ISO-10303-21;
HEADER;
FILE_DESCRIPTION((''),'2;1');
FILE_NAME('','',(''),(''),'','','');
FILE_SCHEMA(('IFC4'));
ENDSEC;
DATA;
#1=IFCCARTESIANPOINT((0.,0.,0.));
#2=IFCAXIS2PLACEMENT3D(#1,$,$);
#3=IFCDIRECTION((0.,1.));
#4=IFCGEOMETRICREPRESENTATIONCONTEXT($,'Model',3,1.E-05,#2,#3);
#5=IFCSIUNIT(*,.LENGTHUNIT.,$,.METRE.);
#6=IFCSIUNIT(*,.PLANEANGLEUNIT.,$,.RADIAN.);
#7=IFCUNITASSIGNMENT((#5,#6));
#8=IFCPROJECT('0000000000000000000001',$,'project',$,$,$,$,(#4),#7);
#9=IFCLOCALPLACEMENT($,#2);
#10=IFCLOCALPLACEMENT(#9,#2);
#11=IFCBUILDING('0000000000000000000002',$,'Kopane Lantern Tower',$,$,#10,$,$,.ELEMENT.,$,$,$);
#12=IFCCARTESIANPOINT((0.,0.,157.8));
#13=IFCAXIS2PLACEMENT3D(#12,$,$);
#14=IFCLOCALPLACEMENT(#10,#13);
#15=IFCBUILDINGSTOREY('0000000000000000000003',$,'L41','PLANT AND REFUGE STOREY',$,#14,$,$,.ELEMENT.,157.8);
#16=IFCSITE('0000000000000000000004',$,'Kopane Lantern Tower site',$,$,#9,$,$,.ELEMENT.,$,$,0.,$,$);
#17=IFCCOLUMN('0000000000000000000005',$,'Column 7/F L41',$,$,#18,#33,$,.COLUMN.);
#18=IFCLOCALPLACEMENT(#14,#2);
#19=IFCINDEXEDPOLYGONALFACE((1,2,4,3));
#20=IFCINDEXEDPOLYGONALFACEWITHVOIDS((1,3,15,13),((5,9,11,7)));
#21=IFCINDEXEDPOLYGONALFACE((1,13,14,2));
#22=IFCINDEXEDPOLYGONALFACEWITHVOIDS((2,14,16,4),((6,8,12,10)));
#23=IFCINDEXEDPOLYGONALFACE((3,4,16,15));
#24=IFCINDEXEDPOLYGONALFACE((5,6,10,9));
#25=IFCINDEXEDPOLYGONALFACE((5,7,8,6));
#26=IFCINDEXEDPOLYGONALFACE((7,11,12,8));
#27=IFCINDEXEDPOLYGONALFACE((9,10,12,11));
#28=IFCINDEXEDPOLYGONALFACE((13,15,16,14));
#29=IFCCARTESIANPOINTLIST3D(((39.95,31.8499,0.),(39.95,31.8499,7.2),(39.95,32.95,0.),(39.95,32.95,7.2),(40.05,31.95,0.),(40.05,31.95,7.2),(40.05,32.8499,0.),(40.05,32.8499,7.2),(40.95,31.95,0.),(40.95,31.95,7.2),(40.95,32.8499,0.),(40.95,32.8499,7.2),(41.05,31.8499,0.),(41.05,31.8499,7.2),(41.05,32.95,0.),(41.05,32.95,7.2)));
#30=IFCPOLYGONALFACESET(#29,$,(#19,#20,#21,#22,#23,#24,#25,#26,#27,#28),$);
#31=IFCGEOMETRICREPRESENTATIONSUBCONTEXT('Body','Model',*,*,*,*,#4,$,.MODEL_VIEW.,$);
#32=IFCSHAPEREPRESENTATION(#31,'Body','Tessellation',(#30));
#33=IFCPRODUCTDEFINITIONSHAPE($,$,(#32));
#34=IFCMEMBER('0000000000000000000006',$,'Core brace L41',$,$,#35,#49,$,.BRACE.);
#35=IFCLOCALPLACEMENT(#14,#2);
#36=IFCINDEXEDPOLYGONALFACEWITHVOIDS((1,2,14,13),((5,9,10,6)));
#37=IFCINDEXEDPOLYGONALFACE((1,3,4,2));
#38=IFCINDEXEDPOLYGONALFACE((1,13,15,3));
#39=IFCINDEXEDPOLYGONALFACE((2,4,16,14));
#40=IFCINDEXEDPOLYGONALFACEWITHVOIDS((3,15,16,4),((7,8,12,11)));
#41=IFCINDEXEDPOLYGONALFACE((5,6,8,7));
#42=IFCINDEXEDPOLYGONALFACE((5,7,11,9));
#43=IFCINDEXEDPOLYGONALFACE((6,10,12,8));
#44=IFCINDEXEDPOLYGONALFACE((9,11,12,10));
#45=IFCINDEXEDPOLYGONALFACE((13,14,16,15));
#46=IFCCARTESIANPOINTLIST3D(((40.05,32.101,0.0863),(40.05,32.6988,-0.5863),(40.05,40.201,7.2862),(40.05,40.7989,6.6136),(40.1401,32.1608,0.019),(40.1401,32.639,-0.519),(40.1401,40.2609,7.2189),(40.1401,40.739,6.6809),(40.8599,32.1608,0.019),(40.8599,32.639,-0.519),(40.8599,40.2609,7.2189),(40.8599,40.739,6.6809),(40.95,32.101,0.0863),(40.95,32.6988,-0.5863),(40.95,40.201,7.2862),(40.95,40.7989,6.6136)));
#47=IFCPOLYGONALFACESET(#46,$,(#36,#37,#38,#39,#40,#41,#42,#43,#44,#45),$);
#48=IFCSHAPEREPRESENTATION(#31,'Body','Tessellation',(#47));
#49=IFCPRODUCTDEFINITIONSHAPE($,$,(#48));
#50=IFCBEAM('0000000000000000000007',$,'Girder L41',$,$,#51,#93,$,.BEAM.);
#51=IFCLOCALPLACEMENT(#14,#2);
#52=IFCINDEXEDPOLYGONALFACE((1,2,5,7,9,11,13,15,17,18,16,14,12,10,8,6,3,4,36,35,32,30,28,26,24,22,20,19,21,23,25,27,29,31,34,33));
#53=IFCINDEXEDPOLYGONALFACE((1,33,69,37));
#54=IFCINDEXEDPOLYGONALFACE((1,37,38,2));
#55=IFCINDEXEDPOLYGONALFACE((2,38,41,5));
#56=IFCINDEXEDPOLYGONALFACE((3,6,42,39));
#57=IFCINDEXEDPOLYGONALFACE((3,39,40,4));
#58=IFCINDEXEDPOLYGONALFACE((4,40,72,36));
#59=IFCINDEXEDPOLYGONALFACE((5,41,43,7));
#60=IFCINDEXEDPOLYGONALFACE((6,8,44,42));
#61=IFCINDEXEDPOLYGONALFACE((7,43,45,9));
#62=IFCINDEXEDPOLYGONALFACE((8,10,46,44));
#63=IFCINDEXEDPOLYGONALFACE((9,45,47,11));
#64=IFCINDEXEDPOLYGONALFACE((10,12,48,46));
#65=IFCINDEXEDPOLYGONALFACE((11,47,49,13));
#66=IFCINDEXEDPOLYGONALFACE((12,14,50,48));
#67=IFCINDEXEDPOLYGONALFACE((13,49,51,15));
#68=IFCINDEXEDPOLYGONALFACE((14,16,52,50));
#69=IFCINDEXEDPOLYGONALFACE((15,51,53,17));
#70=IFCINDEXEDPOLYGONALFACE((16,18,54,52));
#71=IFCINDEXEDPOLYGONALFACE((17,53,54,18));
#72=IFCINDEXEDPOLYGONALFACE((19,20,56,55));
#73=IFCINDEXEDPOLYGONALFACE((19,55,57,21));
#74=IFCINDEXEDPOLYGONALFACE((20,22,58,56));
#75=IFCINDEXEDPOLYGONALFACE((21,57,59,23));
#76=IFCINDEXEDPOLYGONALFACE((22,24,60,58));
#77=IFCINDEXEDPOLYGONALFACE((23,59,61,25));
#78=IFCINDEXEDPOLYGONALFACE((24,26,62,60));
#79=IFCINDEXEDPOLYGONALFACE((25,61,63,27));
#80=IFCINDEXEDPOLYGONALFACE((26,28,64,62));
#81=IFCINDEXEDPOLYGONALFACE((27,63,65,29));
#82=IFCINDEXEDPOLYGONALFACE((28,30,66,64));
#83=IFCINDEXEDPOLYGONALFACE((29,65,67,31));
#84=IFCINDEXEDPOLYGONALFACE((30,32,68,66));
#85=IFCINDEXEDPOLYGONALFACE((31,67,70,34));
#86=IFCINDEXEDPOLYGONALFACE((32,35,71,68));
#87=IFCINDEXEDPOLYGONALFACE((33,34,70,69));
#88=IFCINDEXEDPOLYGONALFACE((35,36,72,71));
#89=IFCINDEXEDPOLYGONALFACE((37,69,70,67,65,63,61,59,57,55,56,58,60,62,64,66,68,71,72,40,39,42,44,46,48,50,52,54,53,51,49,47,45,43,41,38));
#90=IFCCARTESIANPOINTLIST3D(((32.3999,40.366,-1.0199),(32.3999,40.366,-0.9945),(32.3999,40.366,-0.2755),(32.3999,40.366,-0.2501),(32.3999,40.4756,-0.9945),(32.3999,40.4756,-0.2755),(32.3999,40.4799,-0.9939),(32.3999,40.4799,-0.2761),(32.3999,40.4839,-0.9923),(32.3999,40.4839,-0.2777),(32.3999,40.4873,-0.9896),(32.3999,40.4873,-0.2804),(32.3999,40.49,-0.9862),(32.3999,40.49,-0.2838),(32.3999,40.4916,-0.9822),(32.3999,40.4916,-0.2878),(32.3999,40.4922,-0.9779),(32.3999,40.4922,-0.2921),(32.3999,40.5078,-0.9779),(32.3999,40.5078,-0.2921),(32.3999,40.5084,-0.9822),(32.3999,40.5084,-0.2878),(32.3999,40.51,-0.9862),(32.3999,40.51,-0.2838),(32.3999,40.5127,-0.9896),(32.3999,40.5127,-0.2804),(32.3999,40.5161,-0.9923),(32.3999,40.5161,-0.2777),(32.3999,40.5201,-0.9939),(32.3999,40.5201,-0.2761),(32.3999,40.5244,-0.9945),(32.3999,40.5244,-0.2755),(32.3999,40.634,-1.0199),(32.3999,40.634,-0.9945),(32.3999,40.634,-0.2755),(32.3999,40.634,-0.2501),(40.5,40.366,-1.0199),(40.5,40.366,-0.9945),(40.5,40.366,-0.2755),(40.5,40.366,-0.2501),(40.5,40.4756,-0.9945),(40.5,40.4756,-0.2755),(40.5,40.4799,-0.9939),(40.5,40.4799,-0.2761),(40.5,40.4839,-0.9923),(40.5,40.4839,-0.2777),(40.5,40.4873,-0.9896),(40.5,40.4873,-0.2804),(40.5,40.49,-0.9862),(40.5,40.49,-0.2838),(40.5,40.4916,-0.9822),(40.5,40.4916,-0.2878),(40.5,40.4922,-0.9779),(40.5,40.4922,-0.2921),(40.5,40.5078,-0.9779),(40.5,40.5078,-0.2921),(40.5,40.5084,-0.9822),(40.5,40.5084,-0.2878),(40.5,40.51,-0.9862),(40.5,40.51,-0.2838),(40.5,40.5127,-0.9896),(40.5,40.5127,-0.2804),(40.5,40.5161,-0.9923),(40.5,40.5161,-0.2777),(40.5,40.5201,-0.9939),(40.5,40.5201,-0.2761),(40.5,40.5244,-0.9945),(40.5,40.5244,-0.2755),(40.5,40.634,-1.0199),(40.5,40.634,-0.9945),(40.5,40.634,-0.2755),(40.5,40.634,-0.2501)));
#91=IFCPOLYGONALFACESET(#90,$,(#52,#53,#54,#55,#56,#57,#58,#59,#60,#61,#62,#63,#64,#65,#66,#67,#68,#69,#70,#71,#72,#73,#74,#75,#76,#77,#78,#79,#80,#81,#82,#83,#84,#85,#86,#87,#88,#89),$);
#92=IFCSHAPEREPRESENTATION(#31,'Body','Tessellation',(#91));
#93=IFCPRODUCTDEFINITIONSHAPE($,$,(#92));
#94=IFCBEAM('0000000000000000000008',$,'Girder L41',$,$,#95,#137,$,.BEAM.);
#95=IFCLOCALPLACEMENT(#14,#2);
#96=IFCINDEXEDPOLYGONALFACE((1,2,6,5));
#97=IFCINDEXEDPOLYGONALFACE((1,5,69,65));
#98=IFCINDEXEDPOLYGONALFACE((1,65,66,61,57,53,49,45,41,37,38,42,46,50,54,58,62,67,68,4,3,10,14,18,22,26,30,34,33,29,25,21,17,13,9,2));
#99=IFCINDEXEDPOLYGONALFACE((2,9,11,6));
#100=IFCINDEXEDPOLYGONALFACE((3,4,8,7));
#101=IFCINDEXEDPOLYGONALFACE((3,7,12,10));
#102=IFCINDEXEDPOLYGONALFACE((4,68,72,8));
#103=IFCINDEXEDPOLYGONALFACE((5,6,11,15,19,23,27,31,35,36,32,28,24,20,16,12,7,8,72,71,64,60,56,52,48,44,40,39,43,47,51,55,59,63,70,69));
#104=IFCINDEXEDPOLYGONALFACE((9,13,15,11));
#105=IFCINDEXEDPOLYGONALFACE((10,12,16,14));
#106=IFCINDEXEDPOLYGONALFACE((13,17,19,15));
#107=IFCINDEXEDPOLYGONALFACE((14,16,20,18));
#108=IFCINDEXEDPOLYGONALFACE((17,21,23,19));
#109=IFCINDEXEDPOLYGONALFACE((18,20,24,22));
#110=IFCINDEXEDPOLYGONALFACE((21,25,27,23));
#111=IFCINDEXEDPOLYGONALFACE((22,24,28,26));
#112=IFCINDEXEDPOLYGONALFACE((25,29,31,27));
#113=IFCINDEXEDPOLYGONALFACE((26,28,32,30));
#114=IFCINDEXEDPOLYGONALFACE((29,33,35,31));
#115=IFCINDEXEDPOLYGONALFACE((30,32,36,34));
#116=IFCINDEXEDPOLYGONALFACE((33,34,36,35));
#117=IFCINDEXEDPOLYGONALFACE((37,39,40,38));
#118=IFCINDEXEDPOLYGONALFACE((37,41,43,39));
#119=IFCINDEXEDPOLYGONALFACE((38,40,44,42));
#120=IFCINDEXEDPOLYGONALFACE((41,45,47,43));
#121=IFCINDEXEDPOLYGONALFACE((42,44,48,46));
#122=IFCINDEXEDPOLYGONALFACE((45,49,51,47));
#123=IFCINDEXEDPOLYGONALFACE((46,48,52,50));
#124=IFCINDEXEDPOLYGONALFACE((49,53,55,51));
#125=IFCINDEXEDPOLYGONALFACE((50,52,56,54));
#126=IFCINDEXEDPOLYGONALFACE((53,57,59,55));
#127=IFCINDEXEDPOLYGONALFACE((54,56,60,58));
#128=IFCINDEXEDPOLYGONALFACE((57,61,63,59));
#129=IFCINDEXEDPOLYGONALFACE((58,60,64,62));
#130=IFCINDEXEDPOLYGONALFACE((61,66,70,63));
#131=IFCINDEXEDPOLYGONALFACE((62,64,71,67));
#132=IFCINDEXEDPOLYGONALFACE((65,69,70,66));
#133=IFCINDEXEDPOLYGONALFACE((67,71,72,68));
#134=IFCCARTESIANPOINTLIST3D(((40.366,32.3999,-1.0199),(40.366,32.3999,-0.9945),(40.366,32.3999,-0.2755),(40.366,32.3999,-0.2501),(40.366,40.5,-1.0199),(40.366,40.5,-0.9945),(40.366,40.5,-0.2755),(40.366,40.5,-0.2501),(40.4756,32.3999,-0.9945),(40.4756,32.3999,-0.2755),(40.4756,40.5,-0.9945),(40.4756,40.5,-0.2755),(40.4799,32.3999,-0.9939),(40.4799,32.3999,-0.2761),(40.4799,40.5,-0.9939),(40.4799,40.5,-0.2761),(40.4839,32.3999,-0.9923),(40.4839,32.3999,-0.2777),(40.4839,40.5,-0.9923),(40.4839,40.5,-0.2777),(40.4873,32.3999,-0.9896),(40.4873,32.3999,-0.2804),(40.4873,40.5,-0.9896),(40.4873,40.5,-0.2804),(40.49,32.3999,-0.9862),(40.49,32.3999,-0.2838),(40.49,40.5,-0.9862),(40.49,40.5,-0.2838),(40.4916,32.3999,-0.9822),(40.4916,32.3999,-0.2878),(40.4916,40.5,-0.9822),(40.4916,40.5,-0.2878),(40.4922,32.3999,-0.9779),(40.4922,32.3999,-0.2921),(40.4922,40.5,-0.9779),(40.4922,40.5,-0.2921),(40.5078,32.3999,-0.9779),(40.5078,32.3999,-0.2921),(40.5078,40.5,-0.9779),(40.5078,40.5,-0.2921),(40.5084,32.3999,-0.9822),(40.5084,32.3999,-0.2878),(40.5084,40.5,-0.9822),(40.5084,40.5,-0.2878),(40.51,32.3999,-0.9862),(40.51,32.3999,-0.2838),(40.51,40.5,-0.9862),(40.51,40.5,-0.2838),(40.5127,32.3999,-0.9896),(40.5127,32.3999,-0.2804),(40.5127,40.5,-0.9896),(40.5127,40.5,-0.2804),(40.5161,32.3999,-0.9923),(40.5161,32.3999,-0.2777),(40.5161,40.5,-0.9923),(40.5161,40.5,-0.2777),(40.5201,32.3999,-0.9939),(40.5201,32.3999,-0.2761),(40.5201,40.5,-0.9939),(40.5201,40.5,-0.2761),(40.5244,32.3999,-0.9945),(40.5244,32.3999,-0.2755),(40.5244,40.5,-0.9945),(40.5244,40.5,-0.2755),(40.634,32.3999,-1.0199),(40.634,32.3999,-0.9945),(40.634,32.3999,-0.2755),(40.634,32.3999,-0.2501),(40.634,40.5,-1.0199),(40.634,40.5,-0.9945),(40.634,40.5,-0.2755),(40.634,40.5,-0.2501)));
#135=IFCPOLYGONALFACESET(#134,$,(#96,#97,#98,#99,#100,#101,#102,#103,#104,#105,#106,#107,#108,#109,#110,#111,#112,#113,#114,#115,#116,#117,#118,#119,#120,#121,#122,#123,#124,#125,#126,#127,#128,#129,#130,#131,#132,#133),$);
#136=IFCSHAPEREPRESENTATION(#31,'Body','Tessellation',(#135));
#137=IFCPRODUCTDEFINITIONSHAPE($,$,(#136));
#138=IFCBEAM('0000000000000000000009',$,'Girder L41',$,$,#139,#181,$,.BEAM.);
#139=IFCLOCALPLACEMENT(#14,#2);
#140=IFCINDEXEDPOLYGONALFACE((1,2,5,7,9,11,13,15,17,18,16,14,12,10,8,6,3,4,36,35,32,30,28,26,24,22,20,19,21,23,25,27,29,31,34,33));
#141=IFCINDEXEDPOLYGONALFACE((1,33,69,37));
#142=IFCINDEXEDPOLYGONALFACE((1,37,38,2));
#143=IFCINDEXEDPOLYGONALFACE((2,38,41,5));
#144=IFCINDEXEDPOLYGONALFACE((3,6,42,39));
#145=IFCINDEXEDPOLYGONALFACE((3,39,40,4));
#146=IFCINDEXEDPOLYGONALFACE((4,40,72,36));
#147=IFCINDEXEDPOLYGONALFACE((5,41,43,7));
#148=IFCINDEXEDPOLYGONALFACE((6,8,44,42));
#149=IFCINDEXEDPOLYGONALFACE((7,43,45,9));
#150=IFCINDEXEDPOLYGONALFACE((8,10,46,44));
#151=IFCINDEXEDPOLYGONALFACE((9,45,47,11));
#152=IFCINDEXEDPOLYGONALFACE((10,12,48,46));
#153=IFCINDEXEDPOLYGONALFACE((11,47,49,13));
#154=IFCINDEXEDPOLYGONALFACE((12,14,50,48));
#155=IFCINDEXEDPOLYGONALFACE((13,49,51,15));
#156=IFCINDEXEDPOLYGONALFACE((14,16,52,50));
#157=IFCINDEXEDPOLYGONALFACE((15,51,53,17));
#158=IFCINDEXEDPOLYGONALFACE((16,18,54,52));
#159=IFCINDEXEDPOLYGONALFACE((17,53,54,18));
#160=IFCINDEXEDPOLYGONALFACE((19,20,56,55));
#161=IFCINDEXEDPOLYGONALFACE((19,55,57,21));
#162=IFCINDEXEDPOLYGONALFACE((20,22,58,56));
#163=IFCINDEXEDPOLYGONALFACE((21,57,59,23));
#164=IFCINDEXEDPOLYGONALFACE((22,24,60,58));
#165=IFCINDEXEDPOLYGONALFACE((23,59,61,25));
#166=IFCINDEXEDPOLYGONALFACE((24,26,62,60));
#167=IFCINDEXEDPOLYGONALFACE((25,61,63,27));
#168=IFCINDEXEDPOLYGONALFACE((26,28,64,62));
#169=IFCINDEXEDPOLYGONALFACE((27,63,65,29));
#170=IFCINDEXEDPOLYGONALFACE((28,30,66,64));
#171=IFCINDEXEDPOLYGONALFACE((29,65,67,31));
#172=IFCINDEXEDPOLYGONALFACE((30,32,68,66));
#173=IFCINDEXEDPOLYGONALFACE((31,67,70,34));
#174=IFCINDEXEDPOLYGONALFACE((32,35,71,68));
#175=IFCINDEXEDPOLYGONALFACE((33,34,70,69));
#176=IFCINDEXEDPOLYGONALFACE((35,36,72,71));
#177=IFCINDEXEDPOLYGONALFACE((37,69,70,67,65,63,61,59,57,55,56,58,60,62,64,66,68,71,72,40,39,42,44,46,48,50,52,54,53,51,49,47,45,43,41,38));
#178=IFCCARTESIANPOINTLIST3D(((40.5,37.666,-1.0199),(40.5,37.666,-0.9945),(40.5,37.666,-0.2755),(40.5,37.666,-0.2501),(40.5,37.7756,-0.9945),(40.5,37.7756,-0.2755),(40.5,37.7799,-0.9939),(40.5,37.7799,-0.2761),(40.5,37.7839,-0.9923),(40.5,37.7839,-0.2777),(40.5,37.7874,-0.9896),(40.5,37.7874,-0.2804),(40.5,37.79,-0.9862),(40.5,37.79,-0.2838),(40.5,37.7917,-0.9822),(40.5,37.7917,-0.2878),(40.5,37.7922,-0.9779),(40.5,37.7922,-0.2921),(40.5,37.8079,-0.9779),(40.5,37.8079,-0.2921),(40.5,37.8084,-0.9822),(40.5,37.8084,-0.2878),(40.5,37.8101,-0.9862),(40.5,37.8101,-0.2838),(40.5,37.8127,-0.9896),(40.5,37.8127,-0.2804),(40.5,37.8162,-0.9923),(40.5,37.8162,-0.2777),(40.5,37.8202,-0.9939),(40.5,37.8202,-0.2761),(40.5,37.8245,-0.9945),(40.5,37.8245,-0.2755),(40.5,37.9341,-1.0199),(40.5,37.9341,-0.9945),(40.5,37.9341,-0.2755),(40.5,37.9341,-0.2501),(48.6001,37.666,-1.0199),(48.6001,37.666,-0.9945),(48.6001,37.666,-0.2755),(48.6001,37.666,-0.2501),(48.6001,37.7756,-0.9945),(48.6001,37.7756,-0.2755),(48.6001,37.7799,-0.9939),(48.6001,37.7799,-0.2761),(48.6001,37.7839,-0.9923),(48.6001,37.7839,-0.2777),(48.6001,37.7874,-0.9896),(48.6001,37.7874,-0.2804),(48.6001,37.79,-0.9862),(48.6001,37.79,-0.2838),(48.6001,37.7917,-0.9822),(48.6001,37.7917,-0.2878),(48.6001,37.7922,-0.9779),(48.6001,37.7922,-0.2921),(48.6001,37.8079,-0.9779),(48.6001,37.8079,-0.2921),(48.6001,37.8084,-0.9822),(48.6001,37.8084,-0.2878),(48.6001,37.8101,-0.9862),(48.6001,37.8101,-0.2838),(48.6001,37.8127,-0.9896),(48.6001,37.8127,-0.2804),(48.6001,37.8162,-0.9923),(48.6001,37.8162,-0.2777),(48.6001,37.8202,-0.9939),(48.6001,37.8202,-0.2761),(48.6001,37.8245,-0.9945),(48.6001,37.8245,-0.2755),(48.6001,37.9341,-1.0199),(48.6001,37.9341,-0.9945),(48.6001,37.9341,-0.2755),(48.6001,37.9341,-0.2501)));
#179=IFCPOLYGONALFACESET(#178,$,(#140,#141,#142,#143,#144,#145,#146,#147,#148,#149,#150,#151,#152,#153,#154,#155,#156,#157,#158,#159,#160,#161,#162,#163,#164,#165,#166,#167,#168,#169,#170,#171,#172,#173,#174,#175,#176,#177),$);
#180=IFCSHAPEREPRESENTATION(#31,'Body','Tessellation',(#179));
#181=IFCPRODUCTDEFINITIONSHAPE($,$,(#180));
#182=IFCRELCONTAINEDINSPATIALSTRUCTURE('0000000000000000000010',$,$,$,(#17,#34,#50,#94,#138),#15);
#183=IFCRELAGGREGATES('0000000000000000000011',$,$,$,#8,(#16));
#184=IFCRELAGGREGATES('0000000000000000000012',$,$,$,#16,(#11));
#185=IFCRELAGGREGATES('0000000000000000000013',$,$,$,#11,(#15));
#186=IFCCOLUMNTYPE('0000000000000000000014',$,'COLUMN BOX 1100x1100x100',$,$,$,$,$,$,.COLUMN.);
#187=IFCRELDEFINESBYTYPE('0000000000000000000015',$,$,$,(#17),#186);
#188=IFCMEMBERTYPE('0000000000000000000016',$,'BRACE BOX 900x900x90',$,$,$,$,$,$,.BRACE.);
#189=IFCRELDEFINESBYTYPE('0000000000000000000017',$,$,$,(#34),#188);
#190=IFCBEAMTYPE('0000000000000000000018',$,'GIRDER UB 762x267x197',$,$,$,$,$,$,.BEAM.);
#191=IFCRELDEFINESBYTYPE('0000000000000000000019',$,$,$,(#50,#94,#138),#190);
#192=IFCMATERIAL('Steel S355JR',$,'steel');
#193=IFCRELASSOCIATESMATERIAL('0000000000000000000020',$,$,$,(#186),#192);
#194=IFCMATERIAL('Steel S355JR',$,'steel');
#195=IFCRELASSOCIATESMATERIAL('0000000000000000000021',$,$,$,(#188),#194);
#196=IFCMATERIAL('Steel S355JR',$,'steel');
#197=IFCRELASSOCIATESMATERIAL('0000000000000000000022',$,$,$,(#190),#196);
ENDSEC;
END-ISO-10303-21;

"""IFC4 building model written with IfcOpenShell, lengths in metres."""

from ifc_helpers import new_model, si_unit, direction, frame, origin, origin_2d, place, context, subcontext, project, spatial, hollow_rectangle, i_section, extrude, material, material_profile, profile_set, type_object, element, save


model = new_model("IFC4")

# Units and contexts
model_context = context("Model", 3, precision=1e-05, world=origin(), true_north=direction((0.0, 1.0)))
body_context = subcontext(model_context, "Body", "Model", "MODEL_VIEW")
ifc_project = project(units=[si_unit("LENGTHUNIT", "METRE"), si_unit("PLANEANGLEUNIT", "RADIAN")], contexts=[model_context])

# Site, building, storey
site_placement = place(None, origin())
site = spatial("IfcSite", under=ifc_project, at=site_placement, Name="Kopane Lantern Tower site", CompositionType="ELEMENT", RefElevation=0.0)
building_placement = place(site_placement, origin())
building = spatial("IfcBuilding", under=site, at=building_placement, Name="Kopane Lantern Tower", CompositionType="ELEMENT")
storey_placement = place(building_placement, frame((0.0, 0.0, 157.8)))
storey = spatial("IfcBuildingStorey", under=building, at=storey_placement, Name="L41", Description="PLANT AND REFUGE STOREY", CompositionType="ELEMENT", Elevation=157.8)

# Column
ifc_material_1 = material(Name="Steel S355JR", Category="steel")
ifc_material_profile_1 = material_profile(ifc_material_1, hollow_rectangle(XDim=1.1001, YDim=1.1001, WallThickness=0.1001, at=origin_2d()), Name="BOX 1100x1100x100")
ifc_profile_set_1 = profile_set([ifc_material_profile_1], Name="Steel S355JR")
column_type = type_object("IfcColumnType", Name="COLUMN BOX 1100x1100x100", PredefinedType="COLUMN", material=ifc_profile_set_1)
column_placement = place(storey_placement, frame((40.5, 32.3999, 0.0), z_axis=(0.0, 0.0, 1.0), x_axis=(1.0, 0.0, 0.0)))
element("IfcColumn", 1, at=column_placement, inside=storey, type_object=column_type, Name="Column 7/F L41", PredefinedType="COLUMN", context=body_context, shape_type="SweptSolid", body=[
    extrude(hollow_rectangle(XDim=1.1001, YDim=1.1001, WallThickness=0.1001, at=origin_2d()), origin(), (0.0, 0.0, 1.0), 7.2),
])

# Member
ifc_material_2 = material(Name="Steel S355JR", Category="steel")
ifc_material_profile_2 = material_profile(ifc_material_2, hollow_rectangle(XDim=0.8999, YDim=0.8999, WallThickness=0.0901, at=origin_2d()), Name="BOX 900x900x90")
ifc_profile_set_2 = profile_set([ifc_material_profile_2], Name="Steel S355JR")
member_type = type_object("IfcMemberType", Name="BRACE BOX 900x900x90", PredefinedType="BRACE", material=ifc_profile_set_2)
member_placement = place(storey_placement, frame((40.5, 32.3999, -0.25), z_axis=(0.0, 0.747416, 0.664357), x_axis=(-1.0, 0.0, 0.0)))
element("IfcMember", 2, at=member_placement, inside=storey, type_object=member_type, Name="Core brace L41", PredefinedType="BRACE", context=body_context, shape_type="SweptSolid", body=[
    extrude(hollow_rectangle(XDim=0.8999, YDim=0.8999, WallThickness=0.0901, at=origin_2d()), origin(), (0.0, 0.0, 1.0), 10.8374),
])

# Beams
ifc_material_3 = material(Name="Steel S355JR", Category="steel")
ifc_material_profile_3 = material_profile(ifc_material_3, i_section(OverallWidth=0.2681, OverallDepth=0.7698, WebThickness=0.0156, FlangeThickness=0.0254, FilletRadius=0.0166, at=origin_2d()), Name="UB 762x267x197")
ifc_profile_set_3 = profile_set([ifc_material_profile_3], Name="Steel S355JR")
beam_type_1 = type_object("IfcBeamType", Name="GIRDER UB 762x267x197", PredefinedType="BEAM", material=ifc_profile_set_3)
for number, where, z_axis, x_axis, name in (
    (3, (32.3999, 40.5, -0.635), (1.0, 0.0, 0.0), (0.0, 1.0, 0.0), "Girder L41"),
    (4, (40.5, 32.3999, -0.635), (0.0, 1.0, 0.0), (-1.0, 0.0, 0.0), "Girder L41"),
    (5, (40.5, 37.8, -0.635), (1.0, 0.0, 0.0), (0.0, 1.0, 0.0), "Girder L41"),
):
    element("IfcBeam", number, at=place(storey_placement, frame(where, z_axis=z_axis, x_axis=x_axis)), inside=storey, type_object=beam_type_1, Name=name, PredefinedType="BEAM", context=body_context, shape_type="SweptSolid", body=[
        extrude(i_section(OverallWidth=0.2681, OverallDepth=0.7698, WebThickness=0.0156, FlangeThickness=0.0254, FilletRadius=0.0166, at=origin_2d()), origin(), (0.0, 0.0, 1.0), 8.1001),
    ])

save(model, "model.ifc")
